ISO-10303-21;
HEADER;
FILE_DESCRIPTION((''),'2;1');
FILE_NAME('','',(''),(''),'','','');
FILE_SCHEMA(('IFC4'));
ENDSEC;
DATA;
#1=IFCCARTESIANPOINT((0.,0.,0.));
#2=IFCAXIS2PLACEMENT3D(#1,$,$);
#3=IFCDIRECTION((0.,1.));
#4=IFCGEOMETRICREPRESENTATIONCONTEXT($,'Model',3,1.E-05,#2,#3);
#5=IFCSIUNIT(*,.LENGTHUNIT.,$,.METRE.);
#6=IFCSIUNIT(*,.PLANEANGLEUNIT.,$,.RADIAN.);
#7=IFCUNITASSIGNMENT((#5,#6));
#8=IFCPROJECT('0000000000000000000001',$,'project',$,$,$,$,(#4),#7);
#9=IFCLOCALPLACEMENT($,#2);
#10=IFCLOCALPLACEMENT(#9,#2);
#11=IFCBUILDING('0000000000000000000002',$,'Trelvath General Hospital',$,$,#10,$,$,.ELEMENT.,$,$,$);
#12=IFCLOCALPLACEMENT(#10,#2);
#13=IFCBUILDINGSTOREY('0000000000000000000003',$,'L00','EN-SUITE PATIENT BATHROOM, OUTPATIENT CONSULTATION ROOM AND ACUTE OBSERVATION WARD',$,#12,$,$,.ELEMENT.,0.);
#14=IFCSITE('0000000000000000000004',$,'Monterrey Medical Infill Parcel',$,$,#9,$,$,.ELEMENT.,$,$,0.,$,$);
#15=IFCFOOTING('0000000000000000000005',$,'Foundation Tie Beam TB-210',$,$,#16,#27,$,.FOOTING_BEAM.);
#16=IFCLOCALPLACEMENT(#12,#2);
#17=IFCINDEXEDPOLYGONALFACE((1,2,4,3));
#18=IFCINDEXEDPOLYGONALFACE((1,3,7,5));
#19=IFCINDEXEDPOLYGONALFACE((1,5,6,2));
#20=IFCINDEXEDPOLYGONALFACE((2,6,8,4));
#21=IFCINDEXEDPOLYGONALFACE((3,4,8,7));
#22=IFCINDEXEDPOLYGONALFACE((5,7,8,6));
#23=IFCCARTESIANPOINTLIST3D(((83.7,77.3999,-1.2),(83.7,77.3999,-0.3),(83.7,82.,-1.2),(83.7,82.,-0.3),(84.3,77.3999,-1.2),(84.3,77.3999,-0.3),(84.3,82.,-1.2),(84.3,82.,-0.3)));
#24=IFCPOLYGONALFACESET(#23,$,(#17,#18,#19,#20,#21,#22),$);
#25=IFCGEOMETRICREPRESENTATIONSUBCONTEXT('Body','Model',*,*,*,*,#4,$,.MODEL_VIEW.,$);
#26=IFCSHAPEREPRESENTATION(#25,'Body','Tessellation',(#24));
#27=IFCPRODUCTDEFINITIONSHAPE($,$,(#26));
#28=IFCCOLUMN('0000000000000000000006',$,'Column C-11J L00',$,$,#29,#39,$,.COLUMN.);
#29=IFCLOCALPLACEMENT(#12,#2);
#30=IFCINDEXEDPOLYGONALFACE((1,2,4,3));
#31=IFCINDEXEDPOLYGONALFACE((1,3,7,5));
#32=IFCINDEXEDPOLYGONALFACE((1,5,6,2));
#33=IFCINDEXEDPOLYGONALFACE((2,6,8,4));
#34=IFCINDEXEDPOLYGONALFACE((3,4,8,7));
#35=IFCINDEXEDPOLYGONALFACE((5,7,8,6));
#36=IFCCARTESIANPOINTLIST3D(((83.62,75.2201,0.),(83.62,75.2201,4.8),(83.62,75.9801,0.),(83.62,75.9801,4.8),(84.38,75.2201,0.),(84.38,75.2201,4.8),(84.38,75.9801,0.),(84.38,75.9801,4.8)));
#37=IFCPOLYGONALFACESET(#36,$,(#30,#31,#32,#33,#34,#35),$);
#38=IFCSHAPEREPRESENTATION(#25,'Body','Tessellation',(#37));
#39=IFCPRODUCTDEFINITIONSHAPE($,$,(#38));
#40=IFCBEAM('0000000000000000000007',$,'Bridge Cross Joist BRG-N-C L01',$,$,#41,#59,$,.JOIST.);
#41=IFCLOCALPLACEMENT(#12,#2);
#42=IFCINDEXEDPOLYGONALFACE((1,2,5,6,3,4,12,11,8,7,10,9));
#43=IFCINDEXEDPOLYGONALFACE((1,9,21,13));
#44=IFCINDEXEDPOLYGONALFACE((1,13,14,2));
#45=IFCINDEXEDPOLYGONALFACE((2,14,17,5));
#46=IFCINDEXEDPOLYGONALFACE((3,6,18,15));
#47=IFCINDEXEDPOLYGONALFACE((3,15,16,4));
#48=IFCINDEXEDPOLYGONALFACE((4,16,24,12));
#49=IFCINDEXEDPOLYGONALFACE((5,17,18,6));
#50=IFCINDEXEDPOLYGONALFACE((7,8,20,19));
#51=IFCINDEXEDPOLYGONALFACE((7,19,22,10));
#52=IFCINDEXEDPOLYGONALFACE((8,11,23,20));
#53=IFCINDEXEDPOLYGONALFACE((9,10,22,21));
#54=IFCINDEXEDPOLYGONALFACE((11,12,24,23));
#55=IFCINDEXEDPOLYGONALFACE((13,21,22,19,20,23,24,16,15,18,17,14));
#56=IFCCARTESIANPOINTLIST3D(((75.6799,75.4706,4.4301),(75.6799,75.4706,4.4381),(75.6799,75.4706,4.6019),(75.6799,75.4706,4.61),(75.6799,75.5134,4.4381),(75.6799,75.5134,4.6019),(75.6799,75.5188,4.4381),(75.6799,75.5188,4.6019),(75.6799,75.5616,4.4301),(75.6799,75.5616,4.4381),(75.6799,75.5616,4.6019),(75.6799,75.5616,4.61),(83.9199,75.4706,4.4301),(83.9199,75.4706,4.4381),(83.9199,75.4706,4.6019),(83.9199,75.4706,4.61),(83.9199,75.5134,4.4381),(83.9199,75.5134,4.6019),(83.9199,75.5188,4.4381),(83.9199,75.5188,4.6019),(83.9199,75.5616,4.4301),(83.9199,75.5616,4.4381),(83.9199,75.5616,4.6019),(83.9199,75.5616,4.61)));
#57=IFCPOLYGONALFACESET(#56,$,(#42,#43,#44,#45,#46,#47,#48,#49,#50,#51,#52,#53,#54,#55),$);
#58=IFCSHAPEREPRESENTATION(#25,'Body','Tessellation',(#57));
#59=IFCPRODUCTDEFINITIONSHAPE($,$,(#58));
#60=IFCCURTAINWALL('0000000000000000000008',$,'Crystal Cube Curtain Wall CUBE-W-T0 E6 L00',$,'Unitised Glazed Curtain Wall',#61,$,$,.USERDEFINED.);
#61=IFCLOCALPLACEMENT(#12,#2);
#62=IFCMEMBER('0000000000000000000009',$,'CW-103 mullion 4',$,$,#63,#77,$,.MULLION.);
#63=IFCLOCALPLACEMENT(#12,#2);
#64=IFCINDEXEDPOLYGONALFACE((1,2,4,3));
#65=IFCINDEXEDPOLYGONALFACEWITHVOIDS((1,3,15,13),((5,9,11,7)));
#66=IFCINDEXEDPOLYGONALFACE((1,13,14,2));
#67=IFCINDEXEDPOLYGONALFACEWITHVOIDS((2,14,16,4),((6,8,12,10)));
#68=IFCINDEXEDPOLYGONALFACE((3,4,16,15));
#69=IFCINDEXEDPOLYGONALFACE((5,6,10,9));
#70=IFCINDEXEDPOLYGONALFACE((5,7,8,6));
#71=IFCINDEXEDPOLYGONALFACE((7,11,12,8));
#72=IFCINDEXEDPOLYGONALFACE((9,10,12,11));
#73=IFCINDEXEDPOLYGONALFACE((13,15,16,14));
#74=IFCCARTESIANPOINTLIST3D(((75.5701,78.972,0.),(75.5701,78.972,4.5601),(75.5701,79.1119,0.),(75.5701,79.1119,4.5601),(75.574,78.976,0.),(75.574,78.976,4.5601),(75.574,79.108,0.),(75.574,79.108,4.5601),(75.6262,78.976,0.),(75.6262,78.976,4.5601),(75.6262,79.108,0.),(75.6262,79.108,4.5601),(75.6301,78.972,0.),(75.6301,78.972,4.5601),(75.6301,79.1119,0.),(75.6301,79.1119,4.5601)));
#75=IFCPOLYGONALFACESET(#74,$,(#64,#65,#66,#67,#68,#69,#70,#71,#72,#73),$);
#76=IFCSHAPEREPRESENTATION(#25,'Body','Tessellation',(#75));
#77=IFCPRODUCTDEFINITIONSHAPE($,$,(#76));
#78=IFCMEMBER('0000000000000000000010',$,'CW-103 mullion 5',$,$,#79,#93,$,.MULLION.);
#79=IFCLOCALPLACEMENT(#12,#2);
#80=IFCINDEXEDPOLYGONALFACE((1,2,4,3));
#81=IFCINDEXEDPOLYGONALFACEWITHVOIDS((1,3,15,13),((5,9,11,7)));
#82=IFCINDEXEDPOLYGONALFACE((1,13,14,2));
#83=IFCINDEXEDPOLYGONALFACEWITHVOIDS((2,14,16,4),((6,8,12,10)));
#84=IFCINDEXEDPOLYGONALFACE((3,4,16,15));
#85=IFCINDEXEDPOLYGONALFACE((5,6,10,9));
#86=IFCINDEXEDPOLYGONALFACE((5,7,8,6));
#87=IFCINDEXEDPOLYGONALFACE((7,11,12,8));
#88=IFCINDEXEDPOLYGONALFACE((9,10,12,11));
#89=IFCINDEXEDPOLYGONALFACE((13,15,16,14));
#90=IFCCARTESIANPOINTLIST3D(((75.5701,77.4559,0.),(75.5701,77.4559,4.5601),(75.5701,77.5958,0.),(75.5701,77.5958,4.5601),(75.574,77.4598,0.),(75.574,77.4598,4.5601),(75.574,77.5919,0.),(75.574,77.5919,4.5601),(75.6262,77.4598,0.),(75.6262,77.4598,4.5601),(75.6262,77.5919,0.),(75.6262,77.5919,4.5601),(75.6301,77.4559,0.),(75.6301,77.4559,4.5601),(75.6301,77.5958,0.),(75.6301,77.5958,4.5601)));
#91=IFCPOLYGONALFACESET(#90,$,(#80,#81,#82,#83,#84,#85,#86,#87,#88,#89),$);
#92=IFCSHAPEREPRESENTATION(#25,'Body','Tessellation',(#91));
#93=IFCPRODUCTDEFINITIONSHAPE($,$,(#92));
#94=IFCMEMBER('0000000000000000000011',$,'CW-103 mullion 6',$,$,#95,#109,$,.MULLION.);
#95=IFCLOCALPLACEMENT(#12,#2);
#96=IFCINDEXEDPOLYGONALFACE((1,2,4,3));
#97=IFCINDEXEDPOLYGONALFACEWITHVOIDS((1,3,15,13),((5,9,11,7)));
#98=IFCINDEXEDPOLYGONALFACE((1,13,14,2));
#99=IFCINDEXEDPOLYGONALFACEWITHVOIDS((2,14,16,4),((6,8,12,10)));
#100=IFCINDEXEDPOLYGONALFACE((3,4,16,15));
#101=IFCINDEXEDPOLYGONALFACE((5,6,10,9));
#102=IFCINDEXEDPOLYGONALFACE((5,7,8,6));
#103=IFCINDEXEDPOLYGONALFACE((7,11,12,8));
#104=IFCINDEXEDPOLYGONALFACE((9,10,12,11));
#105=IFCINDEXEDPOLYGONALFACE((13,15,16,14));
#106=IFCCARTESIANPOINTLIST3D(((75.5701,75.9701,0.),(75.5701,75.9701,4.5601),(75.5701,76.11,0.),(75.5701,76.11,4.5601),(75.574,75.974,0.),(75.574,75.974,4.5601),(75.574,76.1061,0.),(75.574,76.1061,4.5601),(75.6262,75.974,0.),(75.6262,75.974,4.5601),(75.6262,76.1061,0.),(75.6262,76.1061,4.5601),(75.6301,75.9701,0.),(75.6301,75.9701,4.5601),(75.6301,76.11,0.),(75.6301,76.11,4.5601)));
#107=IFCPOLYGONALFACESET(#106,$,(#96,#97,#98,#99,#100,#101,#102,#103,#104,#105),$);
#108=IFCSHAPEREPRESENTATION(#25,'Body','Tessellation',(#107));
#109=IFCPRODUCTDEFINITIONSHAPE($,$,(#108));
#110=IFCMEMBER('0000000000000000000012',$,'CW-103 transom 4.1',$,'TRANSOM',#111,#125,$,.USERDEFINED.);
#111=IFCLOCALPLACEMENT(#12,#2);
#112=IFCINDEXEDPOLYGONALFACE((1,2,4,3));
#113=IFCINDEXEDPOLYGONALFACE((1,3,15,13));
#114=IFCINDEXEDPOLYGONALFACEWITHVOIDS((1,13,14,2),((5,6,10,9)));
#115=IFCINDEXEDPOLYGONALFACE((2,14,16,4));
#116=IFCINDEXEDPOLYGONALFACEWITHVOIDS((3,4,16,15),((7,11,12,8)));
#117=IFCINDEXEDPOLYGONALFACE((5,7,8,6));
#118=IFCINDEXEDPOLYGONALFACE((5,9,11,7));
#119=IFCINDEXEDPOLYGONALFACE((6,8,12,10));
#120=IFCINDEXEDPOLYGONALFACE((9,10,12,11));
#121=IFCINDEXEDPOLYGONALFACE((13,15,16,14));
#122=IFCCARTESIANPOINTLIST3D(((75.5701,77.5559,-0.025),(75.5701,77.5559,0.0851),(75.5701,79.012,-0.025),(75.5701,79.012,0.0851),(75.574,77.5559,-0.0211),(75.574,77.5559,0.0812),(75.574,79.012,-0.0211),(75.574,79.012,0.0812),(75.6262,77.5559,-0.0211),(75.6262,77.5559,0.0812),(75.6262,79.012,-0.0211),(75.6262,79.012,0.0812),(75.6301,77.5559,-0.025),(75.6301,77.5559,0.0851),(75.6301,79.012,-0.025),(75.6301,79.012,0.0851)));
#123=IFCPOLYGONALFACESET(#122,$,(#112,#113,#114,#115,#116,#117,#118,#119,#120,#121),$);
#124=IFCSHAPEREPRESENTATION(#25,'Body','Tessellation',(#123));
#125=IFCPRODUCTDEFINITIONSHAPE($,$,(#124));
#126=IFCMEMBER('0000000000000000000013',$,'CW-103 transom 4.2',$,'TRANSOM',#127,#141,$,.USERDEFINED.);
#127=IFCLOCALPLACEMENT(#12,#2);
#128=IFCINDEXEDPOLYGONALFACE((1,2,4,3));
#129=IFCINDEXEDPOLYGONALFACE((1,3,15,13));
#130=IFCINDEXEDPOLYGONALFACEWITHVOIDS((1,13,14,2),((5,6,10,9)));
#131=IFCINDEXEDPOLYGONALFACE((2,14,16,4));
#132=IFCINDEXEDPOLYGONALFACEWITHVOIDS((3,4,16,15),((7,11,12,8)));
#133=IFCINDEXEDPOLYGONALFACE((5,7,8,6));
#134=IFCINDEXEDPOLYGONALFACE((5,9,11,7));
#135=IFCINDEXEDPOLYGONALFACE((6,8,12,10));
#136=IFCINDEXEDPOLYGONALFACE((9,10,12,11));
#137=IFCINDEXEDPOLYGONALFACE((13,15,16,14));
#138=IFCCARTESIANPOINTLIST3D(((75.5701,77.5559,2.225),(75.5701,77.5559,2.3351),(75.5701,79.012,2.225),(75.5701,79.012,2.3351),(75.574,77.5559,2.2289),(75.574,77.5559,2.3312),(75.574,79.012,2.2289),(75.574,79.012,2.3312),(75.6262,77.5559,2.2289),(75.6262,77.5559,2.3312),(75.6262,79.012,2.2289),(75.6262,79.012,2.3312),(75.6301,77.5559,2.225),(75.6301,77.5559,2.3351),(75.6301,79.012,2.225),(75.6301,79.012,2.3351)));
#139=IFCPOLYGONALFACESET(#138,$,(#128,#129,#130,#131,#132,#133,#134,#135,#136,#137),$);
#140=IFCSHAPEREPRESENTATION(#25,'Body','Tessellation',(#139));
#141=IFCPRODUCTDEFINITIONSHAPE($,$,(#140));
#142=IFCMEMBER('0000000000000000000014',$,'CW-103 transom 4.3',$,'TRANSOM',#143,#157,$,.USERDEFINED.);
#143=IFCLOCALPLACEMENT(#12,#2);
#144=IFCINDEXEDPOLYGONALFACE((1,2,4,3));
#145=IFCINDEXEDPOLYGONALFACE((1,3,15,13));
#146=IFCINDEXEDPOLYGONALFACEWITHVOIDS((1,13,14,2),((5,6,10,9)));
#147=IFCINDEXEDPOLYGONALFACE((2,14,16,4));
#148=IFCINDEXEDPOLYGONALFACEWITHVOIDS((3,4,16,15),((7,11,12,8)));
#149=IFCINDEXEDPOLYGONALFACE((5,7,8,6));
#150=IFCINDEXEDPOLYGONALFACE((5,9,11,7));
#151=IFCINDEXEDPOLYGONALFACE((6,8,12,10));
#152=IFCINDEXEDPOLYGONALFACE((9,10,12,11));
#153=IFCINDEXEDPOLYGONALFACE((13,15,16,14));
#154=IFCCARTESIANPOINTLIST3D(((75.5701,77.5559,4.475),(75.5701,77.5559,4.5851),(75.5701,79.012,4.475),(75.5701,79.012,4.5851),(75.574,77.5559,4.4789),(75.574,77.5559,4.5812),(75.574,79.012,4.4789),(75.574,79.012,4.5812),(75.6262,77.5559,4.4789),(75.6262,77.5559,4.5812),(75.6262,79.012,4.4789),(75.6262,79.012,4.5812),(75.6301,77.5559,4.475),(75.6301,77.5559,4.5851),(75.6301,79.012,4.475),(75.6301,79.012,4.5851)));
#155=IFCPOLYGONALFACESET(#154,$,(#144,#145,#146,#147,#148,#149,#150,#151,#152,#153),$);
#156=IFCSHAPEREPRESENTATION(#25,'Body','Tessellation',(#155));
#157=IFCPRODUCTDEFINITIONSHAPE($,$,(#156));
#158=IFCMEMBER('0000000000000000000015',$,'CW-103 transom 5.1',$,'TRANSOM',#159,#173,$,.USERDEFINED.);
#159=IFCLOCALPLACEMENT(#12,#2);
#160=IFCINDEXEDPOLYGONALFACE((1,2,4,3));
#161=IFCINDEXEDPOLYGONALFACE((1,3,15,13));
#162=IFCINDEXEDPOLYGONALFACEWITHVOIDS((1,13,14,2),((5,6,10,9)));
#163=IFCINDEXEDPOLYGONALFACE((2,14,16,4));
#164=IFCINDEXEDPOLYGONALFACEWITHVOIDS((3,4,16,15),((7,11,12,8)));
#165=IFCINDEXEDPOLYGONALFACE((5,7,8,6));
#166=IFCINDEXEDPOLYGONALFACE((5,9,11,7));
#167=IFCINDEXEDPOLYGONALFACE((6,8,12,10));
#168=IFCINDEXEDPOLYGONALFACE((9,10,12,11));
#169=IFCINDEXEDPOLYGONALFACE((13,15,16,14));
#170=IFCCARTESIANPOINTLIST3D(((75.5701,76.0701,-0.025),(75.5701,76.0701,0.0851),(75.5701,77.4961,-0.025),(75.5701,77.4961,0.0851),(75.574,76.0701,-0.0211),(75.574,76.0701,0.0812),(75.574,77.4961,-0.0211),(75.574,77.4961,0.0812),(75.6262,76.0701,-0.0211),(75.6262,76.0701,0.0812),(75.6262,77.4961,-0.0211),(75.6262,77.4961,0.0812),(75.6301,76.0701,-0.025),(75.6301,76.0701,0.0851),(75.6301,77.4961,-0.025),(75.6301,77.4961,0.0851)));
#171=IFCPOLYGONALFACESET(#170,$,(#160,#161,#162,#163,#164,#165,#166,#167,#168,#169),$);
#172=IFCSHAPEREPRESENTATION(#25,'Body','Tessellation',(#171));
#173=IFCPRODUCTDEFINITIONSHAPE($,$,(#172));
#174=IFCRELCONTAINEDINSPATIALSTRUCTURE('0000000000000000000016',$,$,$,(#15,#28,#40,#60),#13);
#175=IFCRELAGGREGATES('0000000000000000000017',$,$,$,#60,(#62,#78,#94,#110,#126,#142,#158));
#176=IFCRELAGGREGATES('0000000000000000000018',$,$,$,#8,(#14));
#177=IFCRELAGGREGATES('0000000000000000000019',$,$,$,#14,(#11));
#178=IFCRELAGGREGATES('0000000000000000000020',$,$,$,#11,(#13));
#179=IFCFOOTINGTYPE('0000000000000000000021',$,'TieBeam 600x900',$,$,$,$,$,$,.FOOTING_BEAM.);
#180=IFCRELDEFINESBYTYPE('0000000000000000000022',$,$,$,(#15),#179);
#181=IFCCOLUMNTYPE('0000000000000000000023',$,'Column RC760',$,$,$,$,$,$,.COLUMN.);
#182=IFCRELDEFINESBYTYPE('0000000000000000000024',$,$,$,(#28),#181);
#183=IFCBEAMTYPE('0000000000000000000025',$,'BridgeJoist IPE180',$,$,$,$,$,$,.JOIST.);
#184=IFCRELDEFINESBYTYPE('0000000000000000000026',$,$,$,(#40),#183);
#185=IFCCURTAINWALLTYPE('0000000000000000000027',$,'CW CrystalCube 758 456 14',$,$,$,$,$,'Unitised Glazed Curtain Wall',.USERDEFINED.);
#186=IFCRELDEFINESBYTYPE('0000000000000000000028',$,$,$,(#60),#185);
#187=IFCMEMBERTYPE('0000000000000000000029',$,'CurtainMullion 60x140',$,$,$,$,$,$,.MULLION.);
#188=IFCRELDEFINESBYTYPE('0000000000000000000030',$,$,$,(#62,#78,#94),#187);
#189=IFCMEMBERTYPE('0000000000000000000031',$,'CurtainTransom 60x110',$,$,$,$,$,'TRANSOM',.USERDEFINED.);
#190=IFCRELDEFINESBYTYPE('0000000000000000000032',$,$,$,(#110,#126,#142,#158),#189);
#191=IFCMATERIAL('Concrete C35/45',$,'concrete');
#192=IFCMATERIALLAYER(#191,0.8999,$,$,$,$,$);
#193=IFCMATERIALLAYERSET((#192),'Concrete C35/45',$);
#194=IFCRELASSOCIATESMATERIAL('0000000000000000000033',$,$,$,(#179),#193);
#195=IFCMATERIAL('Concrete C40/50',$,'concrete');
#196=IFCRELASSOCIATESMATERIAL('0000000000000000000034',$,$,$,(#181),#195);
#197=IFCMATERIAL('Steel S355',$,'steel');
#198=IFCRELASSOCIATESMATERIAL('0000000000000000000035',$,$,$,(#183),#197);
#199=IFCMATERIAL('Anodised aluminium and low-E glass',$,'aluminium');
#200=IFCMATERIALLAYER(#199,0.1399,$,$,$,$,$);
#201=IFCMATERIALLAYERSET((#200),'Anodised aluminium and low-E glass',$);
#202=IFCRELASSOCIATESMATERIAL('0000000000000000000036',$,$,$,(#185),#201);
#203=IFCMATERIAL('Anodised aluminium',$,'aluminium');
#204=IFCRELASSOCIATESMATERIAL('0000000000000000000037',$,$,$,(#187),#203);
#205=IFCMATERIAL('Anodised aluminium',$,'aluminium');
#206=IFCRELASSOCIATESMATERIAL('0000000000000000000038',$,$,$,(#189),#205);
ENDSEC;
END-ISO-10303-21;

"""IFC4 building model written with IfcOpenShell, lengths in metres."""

from ifc_helpers import new_model, si_unit, direction, frame, origin, origin_2d, place, context, subcontext, project, spatial, rectangle, hollow_rectangle, i_section, extrude, material, layer, layer_set, material_profile, profile_set, type_object, element, aggregate, save


model = new_model("IFC4")

# Units and contexts
model_context = context("Model", 3, precision=1e-05, world=origin(), true_north=direction((0.0, 1.0)))
body_context = subcontext(model_context, "Body", "Model", "MODEL_VIEW")
ifc_project = project(units=[si_unit("LENGTHUNIT", "METRE"), si_unit("PLANEANGLEUNIT", "RADIAN")], contexts=[model_context])

# Site, building, storey
site_placement = place(None, origin())
site = spatial("IfcSite", under=ifc_project, at=site_placement, Name="Monterrey Medical Infill Parcel", CompositionType="ELEMENT", RefElevation=0.0)
building_placement = place(site_placement, origin())
building = spatial("IfcBuilding", under=site, at=building_placement, Name="Trelvath General Hospital", CompositionType="ELEMENT")
storey_placement = place(building_placement, origin())
storey = spatial("IfcBuildingStorey", under=building, at=storey_placement, Name="L00", Description="EN-SUITE PATIENT BATHROOM, OUTPATIENT CONSULTATION ROOM AND ACUTE OBSERVATION WARD", CompositionType="ELEMENT", Elevation=0.0)

# Footing
ifc_material_1 = material(Name="Concrete C35/45", Category="concrete")
ifc_layer_1 = layer(ifc_material_1, 0.8999)
ifc_layer_set_1 = layer_set([ifc_layer_1], Name="Concrete C35/45")
footing_type_1 = type_object("IfcFootingType", Name="TieBeam 600x900", PredefinedType="FOOTING_BEAM", material=ifc_layer_set_1)
footing_1_placement = place(storey_placement, frame((84.0, 79.7, -1.2), z_axis=(0.0, 0.0, 1.0), x_axis=(1.0, 0.0, 0.0)))
element("IfcFooting", 1, at=footing_1_placement, inside=storey, type_object=footing_type_1, Name="Foundation Tie Beam TB-210", PredefinedType="FOOTING_BEAM", context=body_context, shape_type="SweptSolid", body=[
    extrude(rectangle(XDim=0.6001, YDim=4.6001, at=origin_2d()), origin(), (0.0, 0.0, 1.0), 0.8999),
])

# Column
ifc_material_2 = material(Name="Concrete C40/50", Category="concrete")
ifc_material_profile_1 = material_profile(ifc_material_2, rectangle(XDim=0.76, YDim=0.76, at=origin_2d()), Name="RC760x760")
ifc_profile_set_1 = profile_set([ifc_material_profile_1], Name="Concrete C40/50")
column_type = type_object("IfcColumnType", Name="Column RC760", PredefinedType="COLUMN", material=ifc_profile_set_1)
column_placement = place(storey_placement, frame((84.0, 75.6001, 0.0), z_axis=(0.0, 0.0, 1.0), x_axis=(1.0, 0.0, 0.0)))
element("IfcColumn", 2, at=column_placement, inside=storey, type_object=column_type, Name="Column C-11J L00", PredefinedType="COLUMN", context=body_context, shape_type="SweptSolid", body=[
    extrude(rectangle(XDim=0.76, YDim=0.76, at=origin_2d()), origin(), (0.0, 0.0, 1.0), 4.8),
])

# Beam
ifc_material_3 = material(Name="Steel S355", Category="steel")
ifc_material_profile_2 = material_profile(ifc_material_3, i_section(OverallWidth=0.0911, OverallDepth=0.1799, WebThickness=0.0054, FlangeThickness=0.0081, at=origin_2d()), Name="IPE180")
ifc_profile_set_2 = profile_set([ifc_material_profile_2], Name="Steel S355")
beam_type = type_object("IfcBeamType", Name="BridgeJoist IPE180", PredefinedType="JOIST", material=ifc_profile_set_2)
beam_placement = place(storey_placement, frame((75.6799, 75.5161, 4.52), z_axis=(1.0, 0.0, 0.0), x_axis=(0.0, 1.0, 0.0)))
element("IfcBeam", 3, at=beam_placement, inside=storey, type_object=beam_type, Name="Bridge Cross Joist BRG-N-C L01", PredefinedType="JOIST", context=body_context, shape_type="SweptSolid", body=[
    extrude(i_section(OverallWidth=0.0911, OverallDepth=0.1799, WebThickness=0.0054, FlangeThickness=0.0081, at=origin_2d()), origin(), (0.0, 0.0, 1.0), 8.24),
])

# Curtain wall, members
ifc_material_4 = material(Name="Anodised aluminium and low-E glass", Category="aluminium")
ifc_layer_2 = layer(ifc_material_4, 0.1399)
ifc_layer_set_2 = layer_set([ifc_layer_2], Name="Anodised aluminium and low-E glass")
curtain_wall_type = type_object("IfcCurtainWallType", Name="CW CrystalCube 758 456 14", ElementType="Unitised Glazed Curtain Wall", PredefinedType="USERDEFINED", material=ifc_layer_set_2)
curtain_wall_placement = place(storey_placement, origin())
curtain_wall = element("IfcCurtainWall", 4, at=curtain_wall_placement, inside=storey, type_object=curtain_wall_type, Name="Crystal Cube Curtain Wall CUBE-W-T0 E6 L00", ObjectType="Unitised Glazed Curtain Wall", PredefinedType="USERDEFINED")
ifc_material_5 = material(Name="Anodised aluminium", Category="aluminium")
ifc_material_profile_3 = material_profile(ifc_material_5, hollow_rectangle(XDim=0.0601, YDim=0.1399, WallThickness=0.0039, at=origin_2d()), Name="RHS60x140x4")
ifc_profile_set_3 = profile_set([ifc_material_profile_3], Name="Anodised aluminium")
member_type_1 = type_object("IfcMemberType", Name="CurtainMullion 60x140", PredefinedType="MULLION", material=ifc_profile_set_3)
member_1_placement = place(storey_placement, frame((75.6001, 79.042, 0.0), z_axis=(0.0, 0.0, 1.0), x_axis=(1.0, 0.0, 0.0)))
member_1 = element("IfcMember", 5, at=member_1_placement, type_object=member_type_1, Name="CW-103 mullion 4", PredefinedType="MULLION", context=body_context, shape_type="SweptSolid", body=[
    extrude(hollow_rectangle(XDim=0.0601, YDim=0.1399, WallThickness=0.0039, at=origin_2d()), origin(), (0.0, 0.0, 1.0), 4.5601),
])
member_2_placement = place(storey_placement, frame((75.6001, 77.5259, 0.0), z_axis=(0.0, 0.0, 1.0), x_axis=(1.0, 0.0, 0.0)))
member_2 = element("IfcMember", 6, at=member_2_placement, type_object=member_type_1, Name="CW-103 mullion 5", PredefinedType="MULLION", context=body_context, shape_type="SweptSolid", body=[
    extrude(hollow_rectangle(XDim=0.0601, YDim=0.1399, WallThickness=0.0039, at=origin_2d()), origin(), (0.0, 0.0, 1.0), 4.5601),
])
member_3_placement = place(storey_placement, frame((75.6001, 76.04, 0.0), z_axis=(0.0, 0.0, 1.0), x_axis=(1.0, 0.0, 0.0)))
member_3 = element("IfcMember", 7, at=member_3_placement, type_object=member_type_1, Name="CW-103 mullion 6", PredefinedType="MULLION", context=body_context, shape_type="SweptSolid", body=[
    extrude(hollow_rectangle(XDim=0.0601, YDim=0.1399, WallThickness=0.0039, at=origin_2d()), origin(), (0.0, 0.0, 1.0), 4.5601),
])
ifc_material_6 = material(Name="Anodised aluminium", Category="aluminium")
ifc_material_profile_4 = material_profile(ifc_material_6, hollow_rectangle(XDim=0.0601, YDim=0.1101, WallThickness=0.0039, at=origin_2d()), Name="RHS60x110x4")
ifc_profile_set_4 = profile_set([ifc_material_profile_4], Name="Anodised aluminium")
member_type_2 = type_object("IfcMemberType", Name="CurtainTransom 60x110", ElementType="TRANSOM", PredefinedType="USERDEFINED", material=ifc_profile_set_4)
member_4_placement = place(storey_placement, frame((75.6001, 79.012, 0.03), z_axis=(0.0, -1.0, 0.0), x_axis=(1.0, 0.0, 0.0)))
member_4 = element("IfcMember", 8, at=member_4_placement, type_object=member_type_2, Name="CW-103 transom 4.1", ObjectType="TRANSOM", PredefinedType="USERDEFINED", context=body_context, shape_type="SweptSolid", body=[
    extrude(hollow_rectangle(XDim=0.0601, YDim=0.1101, WallThickness=0.0039, at=origin_2d()), origin(), (0.0, 0.0, 1.0), 1.4561),
])
member_5_placement = place(storey_placement, frame((75.6001, 79.012, 2.28), z_axis=(0.0, -1.0, 0.0), x_axis=(1.0, 0.0, 0.0)))
member_5 = element("IfcMember", 9, at=member_5_placement, type_object=member_type_2, Name="CW-103 transom 4.2", ObjectType="TRANSOM", PredefinedType="USERDEFINED", context=body_context, shape_type="SweptSolid", body=[
    extrude(hollow_rectangle(XDim=0.0601, YDim=0.1101, WallThickness=0.0039, at=origin_2d()), origin(), (0.0, 0.0, 1.0), 1.4561),
])
member_6_placement = place(storey_placement, frame((75.6001, 79.012, 4.53), z_axis=(0.0, -1.0, 0.0), x_axis=(1.0, 0.0, 0.0)))
member_6 = element("IfcMember", 10, at=member_6_placement, type_object=member_type_2, Name="CW-103 transom 4.3", ObjectType="TRANSOM", PredefinedType="USERDEFINED", context=body_context, shape_type="SweptSolid", body=[
    extrude(hollow_rectangle(XDim=0.0601, YDim=0.1101, WallThickness=0.0039, at=origin_2d()), origin(), (0.0, 0.0, 1.0), 1.4561),
])
member_7_placement = place(storey_placement, frame((75.6001, 77.4961, 0.03), z_axis=(0.0, -1.0, 0.0), x_axis=(1.0, 0.0, 0.0)))
member_7 = element("IfcMember", 11, at=member_7_placement, type_object=member_type_2, Name="CW-103 transom 5.1", ObjectType="TRANSOM", PredefinedType="USERDEFINED", context=body_context, shape_type="SweptSolid", body=[
    extrude(hollow_rectangle(XDim=0.0601, YDim=0.1101, WallThickness=0.0039, at=origin_2d()), origin(), (0.0, 0.0, 1.0), 1.426),
])
aggregate(curtain_wall, [member_1, member_2, member_3, member_4, member_5, member_6, member_7])

save(model, "model.ifc")
